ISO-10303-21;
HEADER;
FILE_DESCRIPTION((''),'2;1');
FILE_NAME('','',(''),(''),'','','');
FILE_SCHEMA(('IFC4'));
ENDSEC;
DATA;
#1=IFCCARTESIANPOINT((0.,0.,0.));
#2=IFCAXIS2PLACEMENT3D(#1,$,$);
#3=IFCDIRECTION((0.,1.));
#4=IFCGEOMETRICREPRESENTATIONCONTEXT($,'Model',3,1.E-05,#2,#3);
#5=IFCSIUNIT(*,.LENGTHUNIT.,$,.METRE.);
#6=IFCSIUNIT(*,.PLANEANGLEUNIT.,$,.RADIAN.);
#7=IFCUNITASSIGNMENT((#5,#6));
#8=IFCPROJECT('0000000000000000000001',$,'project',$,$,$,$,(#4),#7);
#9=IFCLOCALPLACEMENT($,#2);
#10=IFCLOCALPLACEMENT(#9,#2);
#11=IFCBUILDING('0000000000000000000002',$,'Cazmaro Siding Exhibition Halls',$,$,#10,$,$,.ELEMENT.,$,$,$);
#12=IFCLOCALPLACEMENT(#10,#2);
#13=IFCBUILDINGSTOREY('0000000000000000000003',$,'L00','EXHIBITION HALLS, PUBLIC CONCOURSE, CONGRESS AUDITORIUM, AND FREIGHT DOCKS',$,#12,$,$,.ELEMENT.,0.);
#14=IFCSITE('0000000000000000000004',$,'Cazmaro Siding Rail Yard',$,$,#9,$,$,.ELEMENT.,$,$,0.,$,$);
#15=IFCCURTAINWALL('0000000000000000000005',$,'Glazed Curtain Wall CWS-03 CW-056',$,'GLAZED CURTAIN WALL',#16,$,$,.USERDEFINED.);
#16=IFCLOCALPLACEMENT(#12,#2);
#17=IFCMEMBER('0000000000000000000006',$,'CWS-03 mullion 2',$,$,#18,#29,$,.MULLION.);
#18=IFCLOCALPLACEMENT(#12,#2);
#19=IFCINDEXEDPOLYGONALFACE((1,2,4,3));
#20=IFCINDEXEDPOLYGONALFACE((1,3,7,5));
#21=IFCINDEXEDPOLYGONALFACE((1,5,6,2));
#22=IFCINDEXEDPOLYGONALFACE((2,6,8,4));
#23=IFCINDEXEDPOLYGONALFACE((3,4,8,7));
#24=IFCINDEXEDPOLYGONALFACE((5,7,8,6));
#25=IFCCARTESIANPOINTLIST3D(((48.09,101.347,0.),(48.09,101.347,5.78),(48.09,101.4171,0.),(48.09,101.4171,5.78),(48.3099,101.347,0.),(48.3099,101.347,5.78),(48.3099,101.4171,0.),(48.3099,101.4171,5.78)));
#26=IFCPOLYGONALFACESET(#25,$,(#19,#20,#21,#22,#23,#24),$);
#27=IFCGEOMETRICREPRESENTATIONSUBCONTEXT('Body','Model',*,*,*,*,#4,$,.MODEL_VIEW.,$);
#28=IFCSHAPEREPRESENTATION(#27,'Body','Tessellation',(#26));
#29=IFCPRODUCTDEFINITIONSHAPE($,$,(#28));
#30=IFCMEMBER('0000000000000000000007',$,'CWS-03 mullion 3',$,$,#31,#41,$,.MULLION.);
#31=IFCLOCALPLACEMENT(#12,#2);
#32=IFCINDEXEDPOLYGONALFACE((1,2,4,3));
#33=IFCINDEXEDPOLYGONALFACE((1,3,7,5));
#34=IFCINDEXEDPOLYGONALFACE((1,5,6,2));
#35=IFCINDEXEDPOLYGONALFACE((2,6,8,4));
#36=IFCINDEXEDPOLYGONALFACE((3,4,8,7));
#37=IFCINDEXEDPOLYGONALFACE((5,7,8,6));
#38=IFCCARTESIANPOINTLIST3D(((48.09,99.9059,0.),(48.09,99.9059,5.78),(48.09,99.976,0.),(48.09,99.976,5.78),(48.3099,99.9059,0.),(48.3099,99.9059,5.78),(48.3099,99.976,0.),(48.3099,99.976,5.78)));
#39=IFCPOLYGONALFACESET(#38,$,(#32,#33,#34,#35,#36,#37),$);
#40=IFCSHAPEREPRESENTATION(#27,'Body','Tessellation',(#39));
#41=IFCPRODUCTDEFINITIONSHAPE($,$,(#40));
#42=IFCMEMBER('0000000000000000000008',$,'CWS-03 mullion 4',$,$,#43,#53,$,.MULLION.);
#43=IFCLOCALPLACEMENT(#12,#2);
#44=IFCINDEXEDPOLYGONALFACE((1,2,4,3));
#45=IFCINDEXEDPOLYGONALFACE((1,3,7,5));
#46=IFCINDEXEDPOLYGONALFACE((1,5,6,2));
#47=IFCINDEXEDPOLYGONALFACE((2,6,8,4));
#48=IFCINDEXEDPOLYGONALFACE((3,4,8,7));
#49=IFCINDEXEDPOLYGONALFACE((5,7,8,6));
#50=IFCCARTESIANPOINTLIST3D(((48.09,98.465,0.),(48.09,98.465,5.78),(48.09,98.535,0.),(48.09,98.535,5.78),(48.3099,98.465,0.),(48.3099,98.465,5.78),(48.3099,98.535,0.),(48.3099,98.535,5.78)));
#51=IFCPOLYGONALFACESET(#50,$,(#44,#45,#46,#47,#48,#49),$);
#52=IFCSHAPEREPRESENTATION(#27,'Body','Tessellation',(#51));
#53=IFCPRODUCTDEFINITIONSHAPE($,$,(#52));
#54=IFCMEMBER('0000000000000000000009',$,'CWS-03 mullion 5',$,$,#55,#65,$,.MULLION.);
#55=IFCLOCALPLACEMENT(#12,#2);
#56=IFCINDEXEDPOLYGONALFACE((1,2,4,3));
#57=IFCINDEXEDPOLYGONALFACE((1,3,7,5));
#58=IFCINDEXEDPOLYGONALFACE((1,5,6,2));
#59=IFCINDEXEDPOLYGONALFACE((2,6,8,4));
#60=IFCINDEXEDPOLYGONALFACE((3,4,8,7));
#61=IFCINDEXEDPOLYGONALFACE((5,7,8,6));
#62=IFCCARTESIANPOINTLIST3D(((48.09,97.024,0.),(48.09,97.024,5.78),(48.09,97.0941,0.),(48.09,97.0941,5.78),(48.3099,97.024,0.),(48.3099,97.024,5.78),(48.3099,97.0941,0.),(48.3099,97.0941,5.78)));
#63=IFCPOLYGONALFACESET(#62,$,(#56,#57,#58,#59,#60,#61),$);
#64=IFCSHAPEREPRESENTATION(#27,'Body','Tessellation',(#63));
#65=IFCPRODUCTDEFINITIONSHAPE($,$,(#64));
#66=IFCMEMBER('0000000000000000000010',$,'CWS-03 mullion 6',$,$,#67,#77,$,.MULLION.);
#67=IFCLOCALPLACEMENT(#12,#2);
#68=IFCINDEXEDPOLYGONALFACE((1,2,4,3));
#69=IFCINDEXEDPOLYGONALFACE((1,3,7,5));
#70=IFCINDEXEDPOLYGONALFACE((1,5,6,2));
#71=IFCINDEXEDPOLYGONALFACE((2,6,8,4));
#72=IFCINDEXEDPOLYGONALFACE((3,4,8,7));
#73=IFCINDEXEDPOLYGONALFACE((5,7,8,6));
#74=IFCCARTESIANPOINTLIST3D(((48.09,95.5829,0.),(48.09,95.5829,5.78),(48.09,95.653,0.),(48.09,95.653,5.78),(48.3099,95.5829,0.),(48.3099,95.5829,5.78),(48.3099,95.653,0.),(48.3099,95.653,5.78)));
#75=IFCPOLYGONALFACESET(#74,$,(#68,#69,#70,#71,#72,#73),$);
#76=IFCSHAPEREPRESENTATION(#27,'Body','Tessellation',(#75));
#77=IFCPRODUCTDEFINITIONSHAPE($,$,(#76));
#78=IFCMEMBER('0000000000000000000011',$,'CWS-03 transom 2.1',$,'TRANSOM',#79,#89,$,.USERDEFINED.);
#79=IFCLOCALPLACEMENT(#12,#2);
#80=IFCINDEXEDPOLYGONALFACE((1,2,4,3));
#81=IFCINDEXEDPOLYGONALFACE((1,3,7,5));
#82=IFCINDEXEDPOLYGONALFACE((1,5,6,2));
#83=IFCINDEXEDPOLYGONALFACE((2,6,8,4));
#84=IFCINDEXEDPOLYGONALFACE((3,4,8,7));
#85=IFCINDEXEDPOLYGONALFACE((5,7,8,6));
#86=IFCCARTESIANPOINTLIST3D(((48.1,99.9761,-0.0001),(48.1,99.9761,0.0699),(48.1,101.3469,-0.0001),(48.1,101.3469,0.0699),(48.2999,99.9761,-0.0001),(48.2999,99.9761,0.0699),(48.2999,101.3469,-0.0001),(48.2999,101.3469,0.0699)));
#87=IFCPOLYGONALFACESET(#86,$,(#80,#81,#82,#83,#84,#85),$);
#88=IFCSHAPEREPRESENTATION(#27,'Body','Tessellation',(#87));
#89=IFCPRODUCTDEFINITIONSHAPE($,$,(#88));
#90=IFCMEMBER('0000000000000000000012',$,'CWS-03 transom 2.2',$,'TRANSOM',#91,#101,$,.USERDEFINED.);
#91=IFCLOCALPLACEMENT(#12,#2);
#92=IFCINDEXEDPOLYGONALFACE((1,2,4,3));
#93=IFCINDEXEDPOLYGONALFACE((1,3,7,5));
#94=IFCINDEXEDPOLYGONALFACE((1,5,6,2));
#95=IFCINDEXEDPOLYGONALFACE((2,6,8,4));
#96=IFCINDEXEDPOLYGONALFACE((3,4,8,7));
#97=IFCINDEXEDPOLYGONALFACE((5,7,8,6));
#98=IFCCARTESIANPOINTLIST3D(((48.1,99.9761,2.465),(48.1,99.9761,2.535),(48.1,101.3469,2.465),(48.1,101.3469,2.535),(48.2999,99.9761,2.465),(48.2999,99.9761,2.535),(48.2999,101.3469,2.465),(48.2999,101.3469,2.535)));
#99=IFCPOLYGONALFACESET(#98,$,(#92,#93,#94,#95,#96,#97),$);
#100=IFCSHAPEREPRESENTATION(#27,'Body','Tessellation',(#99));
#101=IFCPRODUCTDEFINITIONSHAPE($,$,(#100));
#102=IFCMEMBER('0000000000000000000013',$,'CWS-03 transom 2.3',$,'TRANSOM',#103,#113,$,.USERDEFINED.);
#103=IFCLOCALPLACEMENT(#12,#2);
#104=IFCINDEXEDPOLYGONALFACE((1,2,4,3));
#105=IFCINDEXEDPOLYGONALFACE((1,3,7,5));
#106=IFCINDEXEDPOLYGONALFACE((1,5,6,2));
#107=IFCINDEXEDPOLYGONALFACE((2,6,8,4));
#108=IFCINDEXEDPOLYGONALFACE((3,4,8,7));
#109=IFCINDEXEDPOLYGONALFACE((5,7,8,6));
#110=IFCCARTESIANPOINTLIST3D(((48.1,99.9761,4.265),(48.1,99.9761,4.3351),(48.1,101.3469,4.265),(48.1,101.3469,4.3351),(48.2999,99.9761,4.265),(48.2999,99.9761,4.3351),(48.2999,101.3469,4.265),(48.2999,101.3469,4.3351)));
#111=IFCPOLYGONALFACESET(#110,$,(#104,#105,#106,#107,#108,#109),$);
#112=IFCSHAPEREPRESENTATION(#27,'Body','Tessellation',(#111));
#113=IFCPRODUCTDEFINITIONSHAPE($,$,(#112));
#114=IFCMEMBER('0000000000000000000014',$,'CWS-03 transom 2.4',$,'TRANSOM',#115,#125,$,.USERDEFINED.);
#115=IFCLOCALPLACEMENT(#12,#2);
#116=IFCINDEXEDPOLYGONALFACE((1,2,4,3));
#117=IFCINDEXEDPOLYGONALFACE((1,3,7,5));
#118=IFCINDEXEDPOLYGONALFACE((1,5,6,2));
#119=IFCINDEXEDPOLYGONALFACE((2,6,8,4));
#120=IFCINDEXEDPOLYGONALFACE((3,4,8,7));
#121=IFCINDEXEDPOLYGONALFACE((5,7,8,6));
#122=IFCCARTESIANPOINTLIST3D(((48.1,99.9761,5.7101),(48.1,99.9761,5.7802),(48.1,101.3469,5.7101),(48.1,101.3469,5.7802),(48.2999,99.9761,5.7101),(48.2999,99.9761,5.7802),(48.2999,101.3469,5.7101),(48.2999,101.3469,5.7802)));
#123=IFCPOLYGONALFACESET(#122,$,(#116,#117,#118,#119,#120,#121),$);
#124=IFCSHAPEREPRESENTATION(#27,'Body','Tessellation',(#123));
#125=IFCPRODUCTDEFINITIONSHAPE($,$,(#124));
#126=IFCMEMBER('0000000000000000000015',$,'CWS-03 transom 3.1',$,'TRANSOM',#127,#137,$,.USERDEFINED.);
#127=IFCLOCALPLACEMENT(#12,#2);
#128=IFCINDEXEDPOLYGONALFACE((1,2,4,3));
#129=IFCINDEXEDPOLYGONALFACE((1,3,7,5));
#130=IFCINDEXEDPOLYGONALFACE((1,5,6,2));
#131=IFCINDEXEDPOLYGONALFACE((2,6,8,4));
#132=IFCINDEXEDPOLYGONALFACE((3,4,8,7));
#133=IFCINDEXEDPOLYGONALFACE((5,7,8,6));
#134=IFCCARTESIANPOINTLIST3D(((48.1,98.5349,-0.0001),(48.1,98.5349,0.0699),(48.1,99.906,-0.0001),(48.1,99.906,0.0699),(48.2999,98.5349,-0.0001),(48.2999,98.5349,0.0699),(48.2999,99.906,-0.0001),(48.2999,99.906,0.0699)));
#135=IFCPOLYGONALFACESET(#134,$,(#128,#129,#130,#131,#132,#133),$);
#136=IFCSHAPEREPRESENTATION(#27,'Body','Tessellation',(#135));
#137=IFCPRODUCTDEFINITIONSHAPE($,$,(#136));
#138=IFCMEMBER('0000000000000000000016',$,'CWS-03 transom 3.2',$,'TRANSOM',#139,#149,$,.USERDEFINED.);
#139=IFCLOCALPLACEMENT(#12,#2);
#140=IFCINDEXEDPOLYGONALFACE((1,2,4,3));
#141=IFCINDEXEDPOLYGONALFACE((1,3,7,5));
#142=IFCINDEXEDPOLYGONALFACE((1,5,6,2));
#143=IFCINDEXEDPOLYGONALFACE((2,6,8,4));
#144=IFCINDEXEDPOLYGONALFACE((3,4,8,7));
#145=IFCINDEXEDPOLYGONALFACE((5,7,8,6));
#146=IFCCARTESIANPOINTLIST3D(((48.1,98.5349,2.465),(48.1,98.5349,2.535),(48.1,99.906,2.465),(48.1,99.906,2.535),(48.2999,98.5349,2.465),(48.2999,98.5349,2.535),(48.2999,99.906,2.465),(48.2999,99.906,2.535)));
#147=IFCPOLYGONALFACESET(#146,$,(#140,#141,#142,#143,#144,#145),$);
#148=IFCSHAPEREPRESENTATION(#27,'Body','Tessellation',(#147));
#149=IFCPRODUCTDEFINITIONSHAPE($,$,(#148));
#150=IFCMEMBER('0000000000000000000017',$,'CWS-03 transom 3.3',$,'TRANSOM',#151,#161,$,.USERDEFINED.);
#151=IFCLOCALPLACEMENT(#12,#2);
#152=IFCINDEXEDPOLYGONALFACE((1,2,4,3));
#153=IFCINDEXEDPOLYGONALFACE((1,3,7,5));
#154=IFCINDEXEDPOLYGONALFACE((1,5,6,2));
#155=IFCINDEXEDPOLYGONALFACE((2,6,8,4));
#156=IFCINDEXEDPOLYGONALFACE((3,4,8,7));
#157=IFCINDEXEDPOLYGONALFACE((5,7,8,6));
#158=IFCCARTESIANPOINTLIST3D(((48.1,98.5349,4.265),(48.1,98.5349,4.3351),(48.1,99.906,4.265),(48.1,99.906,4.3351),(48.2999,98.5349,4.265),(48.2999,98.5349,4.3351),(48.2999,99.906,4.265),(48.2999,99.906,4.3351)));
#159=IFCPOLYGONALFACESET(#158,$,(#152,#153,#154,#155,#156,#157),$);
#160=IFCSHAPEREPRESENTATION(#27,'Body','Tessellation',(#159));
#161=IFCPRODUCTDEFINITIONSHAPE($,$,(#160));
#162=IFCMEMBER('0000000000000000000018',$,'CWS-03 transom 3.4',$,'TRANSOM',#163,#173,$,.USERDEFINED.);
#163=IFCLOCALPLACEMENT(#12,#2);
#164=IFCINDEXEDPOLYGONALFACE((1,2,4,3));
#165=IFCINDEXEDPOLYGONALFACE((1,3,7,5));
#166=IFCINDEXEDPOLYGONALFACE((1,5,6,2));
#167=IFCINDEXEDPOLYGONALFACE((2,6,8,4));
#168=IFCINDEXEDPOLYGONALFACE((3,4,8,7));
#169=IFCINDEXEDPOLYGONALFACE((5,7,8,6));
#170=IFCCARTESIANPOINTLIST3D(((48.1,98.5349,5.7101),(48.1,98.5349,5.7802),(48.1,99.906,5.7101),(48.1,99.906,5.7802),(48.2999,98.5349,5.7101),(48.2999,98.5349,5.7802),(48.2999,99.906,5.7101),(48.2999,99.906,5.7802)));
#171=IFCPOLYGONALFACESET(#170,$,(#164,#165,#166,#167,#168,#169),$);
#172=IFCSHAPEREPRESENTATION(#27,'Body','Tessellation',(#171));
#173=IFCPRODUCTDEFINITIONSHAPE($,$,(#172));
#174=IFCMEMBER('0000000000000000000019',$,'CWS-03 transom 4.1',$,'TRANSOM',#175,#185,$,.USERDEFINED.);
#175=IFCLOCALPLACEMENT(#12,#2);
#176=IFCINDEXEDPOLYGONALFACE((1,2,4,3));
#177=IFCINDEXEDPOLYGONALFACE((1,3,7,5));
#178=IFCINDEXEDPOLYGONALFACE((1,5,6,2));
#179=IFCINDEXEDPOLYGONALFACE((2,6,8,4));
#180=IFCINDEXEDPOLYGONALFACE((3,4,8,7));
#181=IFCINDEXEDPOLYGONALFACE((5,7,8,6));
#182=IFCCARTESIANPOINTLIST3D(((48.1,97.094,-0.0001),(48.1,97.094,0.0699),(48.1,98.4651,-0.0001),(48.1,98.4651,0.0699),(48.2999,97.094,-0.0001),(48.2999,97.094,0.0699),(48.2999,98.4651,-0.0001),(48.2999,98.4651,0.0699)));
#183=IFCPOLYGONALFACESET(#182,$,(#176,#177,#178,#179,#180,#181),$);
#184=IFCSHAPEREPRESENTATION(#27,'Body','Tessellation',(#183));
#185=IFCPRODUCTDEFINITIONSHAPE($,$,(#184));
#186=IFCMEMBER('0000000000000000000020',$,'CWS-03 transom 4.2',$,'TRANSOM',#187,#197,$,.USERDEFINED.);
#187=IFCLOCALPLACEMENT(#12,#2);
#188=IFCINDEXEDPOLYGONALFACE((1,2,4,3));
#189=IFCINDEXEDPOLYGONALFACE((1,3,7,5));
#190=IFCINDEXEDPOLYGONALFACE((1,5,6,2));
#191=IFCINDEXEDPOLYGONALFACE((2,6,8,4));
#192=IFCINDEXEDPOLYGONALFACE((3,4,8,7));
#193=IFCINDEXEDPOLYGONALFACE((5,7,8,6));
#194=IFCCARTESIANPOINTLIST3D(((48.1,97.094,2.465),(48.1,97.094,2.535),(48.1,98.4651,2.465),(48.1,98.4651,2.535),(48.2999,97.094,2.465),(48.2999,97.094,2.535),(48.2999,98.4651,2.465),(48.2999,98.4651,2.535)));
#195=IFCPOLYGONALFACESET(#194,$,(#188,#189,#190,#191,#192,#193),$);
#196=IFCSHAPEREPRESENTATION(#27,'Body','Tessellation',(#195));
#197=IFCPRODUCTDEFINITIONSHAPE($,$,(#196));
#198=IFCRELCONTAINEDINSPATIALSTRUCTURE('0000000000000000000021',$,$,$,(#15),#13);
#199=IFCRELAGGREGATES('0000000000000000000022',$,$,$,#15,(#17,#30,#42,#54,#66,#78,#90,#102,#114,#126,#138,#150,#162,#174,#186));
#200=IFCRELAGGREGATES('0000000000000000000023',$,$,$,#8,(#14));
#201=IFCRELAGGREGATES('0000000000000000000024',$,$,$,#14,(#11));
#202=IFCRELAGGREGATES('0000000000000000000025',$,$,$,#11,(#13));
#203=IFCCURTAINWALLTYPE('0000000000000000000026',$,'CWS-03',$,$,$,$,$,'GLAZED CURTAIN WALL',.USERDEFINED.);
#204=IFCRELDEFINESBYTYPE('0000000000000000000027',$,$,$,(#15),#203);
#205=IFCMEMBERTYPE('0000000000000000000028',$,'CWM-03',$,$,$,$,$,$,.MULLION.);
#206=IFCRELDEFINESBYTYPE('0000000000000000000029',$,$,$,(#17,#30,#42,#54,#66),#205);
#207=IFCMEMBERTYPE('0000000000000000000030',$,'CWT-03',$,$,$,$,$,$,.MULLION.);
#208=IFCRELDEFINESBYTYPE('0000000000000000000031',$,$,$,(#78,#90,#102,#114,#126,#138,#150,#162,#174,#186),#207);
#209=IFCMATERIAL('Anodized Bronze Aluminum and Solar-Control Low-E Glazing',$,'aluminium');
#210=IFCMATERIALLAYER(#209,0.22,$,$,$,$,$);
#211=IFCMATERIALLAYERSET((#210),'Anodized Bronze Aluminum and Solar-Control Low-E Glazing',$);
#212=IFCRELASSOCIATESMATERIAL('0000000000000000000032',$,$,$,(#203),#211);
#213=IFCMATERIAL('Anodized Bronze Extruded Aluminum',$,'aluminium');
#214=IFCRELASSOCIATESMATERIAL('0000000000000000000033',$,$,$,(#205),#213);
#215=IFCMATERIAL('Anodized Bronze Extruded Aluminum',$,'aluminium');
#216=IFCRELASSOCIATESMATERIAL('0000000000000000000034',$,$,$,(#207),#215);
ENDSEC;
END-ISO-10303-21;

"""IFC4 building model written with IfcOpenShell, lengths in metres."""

from ifc_helpers import new_model, si_unit, direction, frame, origin, origin_2d, place, context, subcontext, project, spatial, rectangle, extrude, material, layer, layer_set, material_profile, profile_set, type_object, element, aggregate, save


model = new_model("IFC4")

# Units and contexts
model_context = context("Model", 3, precision=1e-05, world=origin(), true_north=direction((0.0, 1.0)))
body_context = subcontext(model_context, "Body", "Model", "MODEL_VIEW")
ifc_project = project(units=[si_unit("LENGTHUNIT", "METRE"), si_unit("PLANEANGLEUNIT", "RADIAN")], contexts=[model_context])

# Site, building, storey
site_placement = place(None, origin())
site = spatial("IfcSite", under=ifc_project, at=site_placement, Name="Cazmaro Siding Rail Yard", CompositionType="ELEMENT", RefElevation=0.0)
building_placement = place(site_placement, origin())
building = spatial("IfcBuilding", under=site, at=building_placement, Name="Cazmaro Siding Exhibition Halls", CompositionType="ELEMENT")
storey_placement = place(building_placement, origin())
storey = spatial("IfcBuildingStorey", under=building, at=storey_placement, Name="L00", Description="EXHIBITION HALLS, PUBLIC CONCOURSE, CONGRESS AUDITORIUM, AND FREIGHT DOCKS", CompositionType="ELEMENT", Elevation=0.0)

# Curtain wall, members
ifc_material_1 = material(Name="Anodized Bronze Aluminum and Solar-Control Low-E Glazing", Category="aluminium")
ifc_layer_1 = layer(ifc_material_1, 0.22)
ifc_layer_set_1 = layer_set([ifc_layer_1], Name="Anodized Bronze Aluminum and Solar-Control Low-E Glazing")
curtain_wall_type = type_object("IfcCurtainWallType", Name="CWS-03", ElementType="GLAZED CURTAIN WALL", PredefinedType="USERDEFINED", material=ifc_layer_set_1)
curtain_wall_placement = place(storey_placement, origin())
curtain_wall = element("IfcCurtainWall", 1, at=curtain_wall_placement, inside=storey, type_object=curtain_wall_type, Name="Glazed Curtain Wall CWS-03 CW-056", ObjectType="GLAZED CURTAIN WALL", PredefinedType="USERDEFINED")
ifc_material_2 = material(Name="Anodized Bronze Extruded Aluminum", Category="aluminium")
ifc_material_profile_1 = material_profile(ifc_material_2, rectangle(XDim=0.22, YDim=0.0701, at=origin_2d()), Name="CWM-03")
ifc_profile_set_1 = profile_set([ifc_material_profile_1], Name="Anodized Bronze Extruded Aluminum")
member_type_1 = type_object("IfcMemberType", Name="CWM-03", PredefinedType="MULLION", material=ifc_profile_set_1)
member_1_placement = place(storey_placement, frame((48.2, 101.3821, 0.0), z_axis=(0.0, 0.0, 1.0), x_axis=(1.0, 0.0, 0.0)))
member_1 = element("IfcMember", 2, at=member_1_placement, type_object=member_type_1, Name="CWS-03 mullion 2", PredefinedType="MULLION", context=body_context, shape_type="SweptSolid", body=[
    extrude(rectangle(XDim=0.22, YDim=0.0701, at=origin_2d()), origin(), (0.0, 0.0, 1.0), 5.78),
])
member_2_placement = place(storey_placement, frame((48.2, 99.9409, 0.0), z_axis=(0.0, 0.0, 1.0), x_axis=(1.0, 0.0, 0.0)))
member_2 = element("IfcMember", 3, at=member_2_placement, type_object=member_type_1, Name="CWS-03 mullion 3", PredefinedType="MULLION", context=body_context, shape_type="SweptSolid", body=[
    extrude(rectangle(XDim=0.22, YDim=0.0701, at=origin_2d()), origin(), (0.0, 0.0, 1.0), 5.78),
])
member_3_placement = place(storey_placement, frame((48.2, 98.5, 0.0), z_axis=(0.0, 0.0, 1.0), x_axis=(1.0, 0.0, 0.0)))
member_3 = element("IfcMember", 4, at=member_3_placement, type_object=member_type_1, Name="CWS-03 mullion 4", PredefinedType="MULLION", context=body_context, shape_type="SweptSolid", body=[
    extrude(rectangle(XDim=0.22, YDim=0.0701, at=origin_2d()), origin(), (0.0, 0.0, 1.0), 5.78),
])
member_4_placement = place(storey_placement, frame((48.2, 97.0591, 0.0), z_axis=(0.0, 0.0, 1.0), x_axis=(1.0, 0.0, 0.0)))
member_4 = element("IfcMember", 5, at=member_4_placement, type_object=member_type_1, Name="CWS-03 mullion 5", PredefinedType="MULLION", context=body_context, shape_type="SweptSolid", body=[
    extrude(rectangle(XDim=0.22, YDim=0.0701, at=origin_2d()), origin(), (0.0, 0.0, 1.0), 5.78),
])
member_5_placement = place(storey_placement, frame((48.2, 95.6179, 0.0), z_axis=(0.0, 0.0, 1.0), x_axis=(1.0, 0.0, 0.0)))
member_5 = element("IfcMember", 6, at=member_5_placement, type_object=member_type_1, Name="CWS-03 mullion 6", PredefinedType="MULLION", context=body_context, shape_type="SweptSolid", body=[
    extrude(rectangle(XDim=0.22, YDim=0.0701, at=origin_2d()), origin(), (0.0, 0.0, 1.0), 5.78),
])
ifc_material_3 = material(Name="Anodized Bronze Extruded Aluminum", Category="aluminium")
ifc_material_profile_2 = material_profile(ifc_material_3, rectangle(XDim=0.2, YDim=0.0701, at=origin_2d()), Name="CWT-03")
ifc_profile_set_2 = profile_set([ifc_material_profile_2], Name="Anodized Bronze Extruded Aluminum")
member_type_2 = type_object("IfcMemberType", Name="CWT-03", PredefinedType="MULLION", material=ifc_profile_set_2)
member_6_placement = place(storey_placement, frame((48.2, 101.3469, 0.0349), z_axis=(0.0, -1.0, 0.0), x_axis=(1.0, 0.0, 0.0)))
member_6 = element("IfcMember", 7, at=member_6_placement, type_object=member_type_2, Name="CWS-03 transom 2.1", ObjectType="TRANSOM", PredefinedType="USERDEFINED", context=body_context, shape_type="SweptSolid", body=[
    extrude(rectangle(XDim=0.2, YDim=0.0701, at=origin_2d()), origin(), (0.0, 0.0, 1.0), 1.3708),
])
member_7_placement = place(storey_placement, frame((48.2, 101.3469, 2.5), z_axis=(0.0, -1.0, 0.0), x_axis=(1.0, 0.0, 0.0)))
member_7 = element("IfcMember", 8, at=member_7_placement, type_object=member_type_2, Name="CWS-03 transom 2.2", ObjectType="TRANSOM", PredefinedType="USERDEFINED", context=body_context, shape_type="SweptSolid", body=[
    extrude(rectangle(XDim=0.2, YDim=0.0701, at=origin_2d()), origin(), (0.0, 0.0, 1.0), 1.3708),
])
member_8_placement = place(storey_placement, frame((48.2, 101.3469, 4.3), z_axis=(0.0, -1.0, 0.0), x_axis=(1.0, 0.0, 0.0)))
member_8 = element("IfcMember", 9, at=member_8_placement, type_object=member_type_2, Name="CWS-03 transom 2.3", ObjectType="TRANSOM", PredefinedType="USERDEFINED", context=body_context, shape_type="SweptSolid", body=[
    extrude(rectangle(XDim=0.2, YDim=0.0701, at=origin_2d()), origin(), (0.0, 0.0, 1.0), 1.3708),
])
member_9_placement = place(storey_placement, frame((48.2, 101.3469, 5.7451), z_axis=(0.0, -1.0, 0.0), x_axis=(1.0, 0.0, 0.0)))
member_9 = element("IfcMember", 10, at=member_9_placement, type_object=member_type_2, Name="CWS-03 transom 2.4", ObjectType="TRANSOM", PredefinedType="USERDEFINED", context=body_context, shape_type="SweptSolid", body=[
    extrude(rectangle(XDim=0.2, YDim=0.0701, at=origin_2d()), origin(), (0.0, 0.0, 1.0), 1.3708),
])
member_10_placement = place(storey_placement, frame((48.2, 99.906, 0.0349), z_axis=(0.0, -1.0, 0.0), x_axis=(1.0, 0.0, 0.0)))
member_10 = element("IfcMember", 11, at=member_10_placement, type_object=member_type_2, Name="CWS-03 transom 3.1", ObjectType="TRANSOM", PredefinedType="USERDEFINED", context=body_context, shape_type="SweptSolid", body=[
    extrude(rectangle(XDim=0.2, YDim=0.0701, at=origin_2d()), origin(), (0.0, 0.0, 1.0), 1.3711),
])
member_11_placement = place(storey_placement, frame((48.2, 99.906, 2.5), z_axis=(0.0, -1.0, 0.0), x_axis=(1.0, 0.0, 0.0)))
member_11 = element("IfcMember", 12, at=member_11_placement, type_object=member_type_2, Name="CWS-03 transom 3.2", ObjectType="TRANSOM", PredefinedType="USERDEFINED", context=body_context, shape_type="SweptSolid", body=[
    extrude(rectangle(XDim=0.2, YDim=0.0701, at=origin_2d()), origin(), (0.0, 0.0, 1.0), 1.3711),
])
member_12_placement = place(storey_placement, frame((48.2, 99.906, 4.3), z_axis=(0.0, -1.0, 0.0), x_axis=(1.0, 0.0, 0.0)))
member_12 = element("IfcMember", 13, at=member_12_placement, type_object=member_type_2, Name="CWS-03 transom 3.3", ObjectType="TRANSOM", PredefinedType="USERDEFINED", context=body_context, shape_type="SweptSolid", body=[
    extrude(rectangle(XDim=0.2, YDim=0.0701, at=origin_2d()), origin(), (0.0, 0.0, 1.0), 1.3711),
])
member_13_placement = place(storey_placement, frame((48.2, 99.906, 5.7451), z_axis=(0.0, -1.0, 0.0), x_axis=(1.0, 0.0, 0.0)))
member_13 = element("IfcMember", 14, at=member_13_placement, type_object=member_type_2, Name="CWS-03 transom 3.4", ObjectType="TRANSOM", PredefinedType="USERDEFINED", context=body_context, shape_type="SweptSolid", body=[
    extrude(rectangle(XDim=0.2, YDim=0.0701, at=origin_2d()), origin(), (0.0, 0.0, 1.0), 1.3711),
])
member_14_placement = place(storey_placement, frame((48.2, 98.4651, 0.0349), z_axis=(0.0, -1.0, 0.0), x_axis=(1.0, 0.0, 0.0)))
member_14 = element("IfcMember", 15, at=member_14_placement, type_object=member_type_2, Name="CWS-03 transom 4.1", ObjectType="TRANSOM", PredefinedType="USERDEFINED", context=body_context, shape_type="SweptSolid", body=[
    extrude(rectangle(XDim=0.2, YDim=0.0701, at=origin_2d()), origin(), (0.0, 0.0, 1.0), 1.3711),
])
member_15_placement = place(storey_placement, frame((48.2, 98.4651, 2.5), z_axis=(0.0, -1.0, 0.0), x_axis=(1.0, 0.0, 0.0)))
member_15 = element("IfcMember", 16, at=member_15_placement, type_object=member_type_2, Name="CWS-03 transom 4.2", ObjectType="TRANSOM", PredefinedType="USERDEFINED", context=body_context, shape_type="SweptSolid", body=[
    extrude(rectangle(XDim=0.2, YDim=0.0701, at=origin_2d()), origin(), (0.0, 0.0, 1.0), 1.3711),
])
aggregate(curtain_wall, [member_1, member_2, member_3, member_4, member_5, member_6, member_7, member_8, member_9, member_10, member_11, member_12, member_13, member_14, member_15])

save(model, "model.ifc")
